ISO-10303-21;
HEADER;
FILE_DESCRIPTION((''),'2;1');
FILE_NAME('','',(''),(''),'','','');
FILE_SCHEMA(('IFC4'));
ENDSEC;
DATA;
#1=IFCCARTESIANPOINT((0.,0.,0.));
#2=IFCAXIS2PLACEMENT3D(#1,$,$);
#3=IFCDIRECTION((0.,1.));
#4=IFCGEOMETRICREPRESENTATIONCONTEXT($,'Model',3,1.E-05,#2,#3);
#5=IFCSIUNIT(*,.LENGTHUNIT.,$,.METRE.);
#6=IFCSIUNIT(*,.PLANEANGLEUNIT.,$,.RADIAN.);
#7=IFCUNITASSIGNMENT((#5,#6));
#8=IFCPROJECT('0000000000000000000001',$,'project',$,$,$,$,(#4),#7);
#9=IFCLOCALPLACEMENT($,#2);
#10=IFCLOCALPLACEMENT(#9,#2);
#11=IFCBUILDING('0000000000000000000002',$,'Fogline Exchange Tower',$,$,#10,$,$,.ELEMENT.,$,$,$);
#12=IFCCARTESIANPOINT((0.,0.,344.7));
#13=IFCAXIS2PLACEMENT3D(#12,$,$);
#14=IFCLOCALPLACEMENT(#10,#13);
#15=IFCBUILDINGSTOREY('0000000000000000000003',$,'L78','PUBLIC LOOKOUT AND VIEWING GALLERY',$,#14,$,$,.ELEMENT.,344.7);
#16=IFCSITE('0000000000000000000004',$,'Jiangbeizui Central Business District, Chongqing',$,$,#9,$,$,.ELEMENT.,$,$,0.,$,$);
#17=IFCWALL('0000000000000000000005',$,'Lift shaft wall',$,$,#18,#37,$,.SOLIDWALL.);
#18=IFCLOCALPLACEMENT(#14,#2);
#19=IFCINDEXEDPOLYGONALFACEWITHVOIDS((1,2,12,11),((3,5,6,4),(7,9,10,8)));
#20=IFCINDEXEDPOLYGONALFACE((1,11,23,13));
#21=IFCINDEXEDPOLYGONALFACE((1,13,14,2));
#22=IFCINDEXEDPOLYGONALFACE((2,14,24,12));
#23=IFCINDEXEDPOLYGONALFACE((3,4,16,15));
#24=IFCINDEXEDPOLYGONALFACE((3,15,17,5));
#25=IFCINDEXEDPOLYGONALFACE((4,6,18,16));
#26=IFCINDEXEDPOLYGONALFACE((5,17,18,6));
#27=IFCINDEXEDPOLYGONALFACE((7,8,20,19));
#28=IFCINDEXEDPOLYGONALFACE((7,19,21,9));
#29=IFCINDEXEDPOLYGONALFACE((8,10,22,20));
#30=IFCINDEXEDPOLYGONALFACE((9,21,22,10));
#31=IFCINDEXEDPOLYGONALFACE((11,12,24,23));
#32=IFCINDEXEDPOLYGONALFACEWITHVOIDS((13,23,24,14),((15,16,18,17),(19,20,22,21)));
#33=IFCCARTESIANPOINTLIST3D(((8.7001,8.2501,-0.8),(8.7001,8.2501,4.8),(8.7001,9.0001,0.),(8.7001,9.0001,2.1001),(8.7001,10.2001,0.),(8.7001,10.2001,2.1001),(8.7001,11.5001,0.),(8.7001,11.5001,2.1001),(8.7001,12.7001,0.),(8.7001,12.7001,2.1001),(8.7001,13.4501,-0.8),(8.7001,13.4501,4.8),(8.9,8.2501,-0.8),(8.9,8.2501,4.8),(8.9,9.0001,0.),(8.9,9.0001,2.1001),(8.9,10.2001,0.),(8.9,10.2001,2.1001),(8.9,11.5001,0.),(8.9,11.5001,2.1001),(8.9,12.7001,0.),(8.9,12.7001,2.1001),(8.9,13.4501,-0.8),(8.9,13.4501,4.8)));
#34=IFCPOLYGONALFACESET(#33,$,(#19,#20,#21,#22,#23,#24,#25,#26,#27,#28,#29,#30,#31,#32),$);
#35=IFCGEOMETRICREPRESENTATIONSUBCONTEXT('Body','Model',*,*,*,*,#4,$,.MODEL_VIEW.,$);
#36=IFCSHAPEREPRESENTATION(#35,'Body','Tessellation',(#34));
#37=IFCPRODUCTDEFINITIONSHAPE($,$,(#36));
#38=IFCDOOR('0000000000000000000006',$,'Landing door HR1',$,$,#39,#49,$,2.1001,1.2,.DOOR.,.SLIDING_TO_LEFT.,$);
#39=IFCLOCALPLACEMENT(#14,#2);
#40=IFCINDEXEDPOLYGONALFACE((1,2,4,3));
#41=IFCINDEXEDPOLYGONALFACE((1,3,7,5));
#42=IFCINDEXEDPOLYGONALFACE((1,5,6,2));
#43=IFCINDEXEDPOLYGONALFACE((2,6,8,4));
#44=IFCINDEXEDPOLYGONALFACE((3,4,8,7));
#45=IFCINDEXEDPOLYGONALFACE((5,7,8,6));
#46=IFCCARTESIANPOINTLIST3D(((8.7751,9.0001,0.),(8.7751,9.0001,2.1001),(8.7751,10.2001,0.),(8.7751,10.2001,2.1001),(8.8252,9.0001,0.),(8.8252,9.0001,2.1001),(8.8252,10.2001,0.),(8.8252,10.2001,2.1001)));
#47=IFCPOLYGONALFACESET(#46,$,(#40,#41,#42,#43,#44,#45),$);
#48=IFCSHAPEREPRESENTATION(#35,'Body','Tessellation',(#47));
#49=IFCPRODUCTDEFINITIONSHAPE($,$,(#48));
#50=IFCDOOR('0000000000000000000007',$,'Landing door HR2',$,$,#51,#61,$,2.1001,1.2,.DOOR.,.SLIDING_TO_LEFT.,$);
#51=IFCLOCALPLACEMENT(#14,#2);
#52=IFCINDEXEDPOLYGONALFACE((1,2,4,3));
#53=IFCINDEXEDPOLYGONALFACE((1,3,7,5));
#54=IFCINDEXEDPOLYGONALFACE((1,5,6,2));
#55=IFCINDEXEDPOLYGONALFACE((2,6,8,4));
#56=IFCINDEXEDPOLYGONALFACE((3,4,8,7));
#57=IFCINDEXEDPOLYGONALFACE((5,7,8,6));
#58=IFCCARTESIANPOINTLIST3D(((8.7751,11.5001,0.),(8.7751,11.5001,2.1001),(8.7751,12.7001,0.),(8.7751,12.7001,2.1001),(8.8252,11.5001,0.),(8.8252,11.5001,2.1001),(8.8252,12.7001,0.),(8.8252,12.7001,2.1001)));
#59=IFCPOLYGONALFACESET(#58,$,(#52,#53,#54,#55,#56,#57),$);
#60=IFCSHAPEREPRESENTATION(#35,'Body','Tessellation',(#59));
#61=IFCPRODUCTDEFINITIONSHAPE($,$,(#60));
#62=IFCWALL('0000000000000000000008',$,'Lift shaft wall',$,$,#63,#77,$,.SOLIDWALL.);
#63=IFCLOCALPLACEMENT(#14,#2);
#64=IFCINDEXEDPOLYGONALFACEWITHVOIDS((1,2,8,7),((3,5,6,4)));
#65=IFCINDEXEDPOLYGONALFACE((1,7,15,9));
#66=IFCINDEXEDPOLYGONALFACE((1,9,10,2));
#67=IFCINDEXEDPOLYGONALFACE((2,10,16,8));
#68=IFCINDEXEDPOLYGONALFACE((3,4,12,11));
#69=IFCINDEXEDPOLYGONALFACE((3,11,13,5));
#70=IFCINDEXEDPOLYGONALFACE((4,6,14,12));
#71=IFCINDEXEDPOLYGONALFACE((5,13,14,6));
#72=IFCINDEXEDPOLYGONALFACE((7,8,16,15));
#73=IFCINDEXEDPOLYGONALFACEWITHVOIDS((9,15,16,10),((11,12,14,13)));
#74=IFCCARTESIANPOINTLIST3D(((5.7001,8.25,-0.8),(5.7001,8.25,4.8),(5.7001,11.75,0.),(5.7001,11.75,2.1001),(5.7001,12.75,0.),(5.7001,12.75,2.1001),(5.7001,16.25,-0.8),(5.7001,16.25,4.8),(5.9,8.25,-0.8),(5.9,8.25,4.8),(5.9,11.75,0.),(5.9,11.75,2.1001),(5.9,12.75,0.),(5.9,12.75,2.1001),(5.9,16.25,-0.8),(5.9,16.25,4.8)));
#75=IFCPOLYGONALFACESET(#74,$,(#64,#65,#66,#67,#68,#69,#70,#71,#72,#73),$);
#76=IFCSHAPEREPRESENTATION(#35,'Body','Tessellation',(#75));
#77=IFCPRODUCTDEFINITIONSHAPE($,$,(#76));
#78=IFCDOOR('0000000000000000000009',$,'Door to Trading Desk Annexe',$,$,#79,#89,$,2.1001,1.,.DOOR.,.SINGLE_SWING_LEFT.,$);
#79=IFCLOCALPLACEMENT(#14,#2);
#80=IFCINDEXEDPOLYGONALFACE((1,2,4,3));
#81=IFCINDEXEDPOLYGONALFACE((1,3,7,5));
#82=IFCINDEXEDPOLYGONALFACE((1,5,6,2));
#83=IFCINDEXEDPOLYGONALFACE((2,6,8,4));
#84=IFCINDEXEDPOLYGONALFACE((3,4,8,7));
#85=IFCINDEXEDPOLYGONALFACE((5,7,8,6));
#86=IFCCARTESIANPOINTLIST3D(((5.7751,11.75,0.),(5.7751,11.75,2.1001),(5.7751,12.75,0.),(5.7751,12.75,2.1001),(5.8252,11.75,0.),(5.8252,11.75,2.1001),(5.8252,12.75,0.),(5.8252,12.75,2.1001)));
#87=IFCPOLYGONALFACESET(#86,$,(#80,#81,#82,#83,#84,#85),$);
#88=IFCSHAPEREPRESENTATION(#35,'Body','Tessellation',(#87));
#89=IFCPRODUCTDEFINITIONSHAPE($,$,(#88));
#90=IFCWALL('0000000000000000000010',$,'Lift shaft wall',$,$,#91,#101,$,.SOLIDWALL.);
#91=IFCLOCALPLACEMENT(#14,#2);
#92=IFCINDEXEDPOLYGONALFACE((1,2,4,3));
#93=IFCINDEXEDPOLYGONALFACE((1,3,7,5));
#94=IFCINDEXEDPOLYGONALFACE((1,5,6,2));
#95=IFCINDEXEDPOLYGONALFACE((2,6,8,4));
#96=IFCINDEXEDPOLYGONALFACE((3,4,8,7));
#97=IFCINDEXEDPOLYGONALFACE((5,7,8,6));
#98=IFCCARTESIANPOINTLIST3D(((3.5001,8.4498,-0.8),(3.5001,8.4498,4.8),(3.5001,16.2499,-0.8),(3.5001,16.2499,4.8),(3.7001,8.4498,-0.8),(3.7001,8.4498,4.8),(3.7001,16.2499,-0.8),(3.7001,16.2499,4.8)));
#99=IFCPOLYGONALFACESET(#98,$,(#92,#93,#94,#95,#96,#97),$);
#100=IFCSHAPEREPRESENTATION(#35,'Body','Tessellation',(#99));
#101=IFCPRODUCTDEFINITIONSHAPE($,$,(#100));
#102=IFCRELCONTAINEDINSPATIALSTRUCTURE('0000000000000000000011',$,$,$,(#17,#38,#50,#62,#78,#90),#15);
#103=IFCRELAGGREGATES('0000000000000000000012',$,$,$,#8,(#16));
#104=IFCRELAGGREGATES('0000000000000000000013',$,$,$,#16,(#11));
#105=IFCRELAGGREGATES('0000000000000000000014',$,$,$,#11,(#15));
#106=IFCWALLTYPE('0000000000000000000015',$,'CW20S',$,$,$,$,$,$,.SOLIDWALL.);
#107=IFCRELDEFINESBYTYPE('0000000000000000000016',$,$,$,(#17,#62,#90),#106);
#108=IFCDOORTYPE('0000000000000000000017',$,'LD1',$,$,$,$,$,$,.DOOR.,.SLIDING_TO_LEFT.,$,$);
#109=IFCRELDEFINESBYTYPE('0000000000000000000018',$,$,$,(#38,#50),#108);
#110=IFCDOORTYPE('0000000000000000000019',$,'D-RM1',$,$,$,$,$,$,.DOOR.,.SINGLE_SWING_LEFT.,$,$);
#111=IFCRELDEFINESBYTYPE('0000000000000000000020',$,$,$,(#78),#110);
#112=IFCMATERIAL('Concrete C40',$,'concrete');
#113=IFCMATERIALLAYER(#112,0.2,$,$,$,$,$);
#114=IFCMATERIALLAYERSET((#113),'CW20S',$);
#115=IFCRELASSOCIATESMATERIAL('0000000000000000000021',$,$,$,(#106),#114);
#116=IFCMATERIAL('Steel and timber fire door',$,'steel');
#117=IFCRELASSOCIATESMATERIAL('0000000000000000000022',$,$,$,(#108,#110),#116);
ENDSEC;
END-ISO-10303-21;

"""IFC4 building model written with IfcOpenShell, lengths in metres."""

from ifc_helpers import new_model, si_unit, direction, frame, frame_2d, origin, place, context, subcontext, project, spatial, rectangle, extrude, material, layer, layer_set, type_object, element, fill, save


model = new_model("IFC4")

# Units and contexts
model_context = context("Model", 3, precision=1e-05, world=origin(), true_north=direction((0.0, 1.0)))
body_context = subcontext(model_context, "Body", "Model", "MODEL_VIEW")
ifc_project = project(units=[si_unit("LENGTHUNIT", "METRE"), si_unit("PLANEANGLEUNIT", "RADIAN")], contexts=[model_context])

# Site, building, storey
site_placement = place(None, origin())
site = spatial("IfcSite", under=ifc_project, at=site_placement, Name="Jiangbeizui Central Business District, Chongqing", CompositionType="ELEMENT", RefElevation=0.0)
building_placement = place(site_placement, origin())
building = spatial("IfcBuilding", under=site, at=building_placement, Name="Fogline Exchange Tower", CompositionType="ELEMENT")
storey_placement = place(building_placement, frame((0.0, 0.0, 344.7)))
storey = spatial("IfcBuildingStorey", under=building, at=storey_placement, Name="L78", Description="PUBLIC LOOKOUT AND VIEWING GALLERY", CompositionType="ELEMENT", Elevation=344.7)

# Shared definitions
ifc_material_1 = material(Name="Concrete C40", Category="concrete")

# Shared definitions
ifc_material_2 = material(Name="Steel and timber fire door", Category="steel")

# Wall, openings, doors
ifc_layer_1 = layer(ifc_material_1, 0.2)
ifc_layer_set_1 = layer_set([ifc_layer_1], Name="CW20S")
wall_type_1 = type_object("IfcWallType", Name="CW20S", PredefinedType="SOLIDWALL", material=ifc_layer_set_1)
wall_1_placement = place(storey_placement, frame((8.8, 8.25, -0.8), z_axis=(0.0, 0.0, 1.0), x_axis=(0.0, 1.0, 0.0)))
wall_1 = element("IfcWall", 1, at=wall_1_placement, inside=storey, type_object=wall_type_1, Name="Lift shaft wall", PredefinedType="SOLIDWALL", context=body_context, shape_type="SweptSolid", body=[
    extrude(rectangle(XDim=5.2, YDim=0.2, at=frame_2d((2.6001, 0.0))), origin(), (0.0, 0.0, 1.0), 5.6001),
])
opening_1_placement = place(wall_1_placement, frame((0.75, 0.0, 0.8)))
opening_1 = element("IfcOpeningElement", 2, at=opening_1_placement, cuts=wall_1, PredefinedType="OPENING", context=body_context, shape_type="SweptSolid", body=[
    extrude(rectangle(XDim=1.2, YDim=2.1001, at=frame_2d((0.6001, 1.05))), frame((0.0, 0.1099, 0.0), z_axis=(0.0, -1.0, 0.0), x_axis=(1.0, 0.0, 0.0)), (0.0, 0.0, 1.0), 0.22),
])
opening_2_placement = place(wall_1_placement, frame((3.25, 0.0, 0.8)))
opening_2 = element("IfcOpeningElement", 3, at=opening_2_placement, cuts=wall_1, PredefinedType="OPENING", context=body_context, shape_type="SweptSolid", body=[
    extrude(rectangle(XDim=1.2, YDim=2.1001, at=frame_2d((0.6001, 1.05))), frame((0.0, 0.1099, 0.0), z_axis=(0.0, -1.0, 0.0), x_axis=(1.0, 0.0, 0.0)), (0.0, 0.0, 1.0), 0.22),
])
door_type_1 = type_object("IfcDoorType", Name="LD1", OperationType="SLIDING_TO_LEFT", PredefinedType="DOOR", material=ifc_material_2)
door_1_placement = place(opening_1_placement, origin())
door_1 = element("IfcDoor", 4, at=door_1_placement, inside=storey, type_object=door_type_1, Name="Landing door HR1", OperationType="SLIDING_TO_LEFT", OverallHeight=2.1001, OverallWidth=1.2, PredefinedType="DOOR", context=body_context, shape_type="SweptSolid", body=[
    extrude(rectangle(XDim=1.2, YDim=2.1001, at=frame_2d((0.6001, 1.05))), frame((0.0, 0.0249, 0.0), z_axis=(0.0, -1.0, 0.0), x_axis=(1.0, 0.0, 0.0)), (0.0, 0.0, 1.0), 0.05),
])
fill(opening_1, door_1)
door_2_placement = place(opening_2_placement, origin())
door_2 = element("IfcDoor", 5, at=door_2_placement, inside=storey, type_object=door_type_1, Name="Landing door HR2", OperationType="SLIDING_TO_LEFT", OverallHeight=2.1001, OverallWidth=1.2, PredefinedType="DOOR", context=body_context, shape_type="SweptSolid", body=[
    extrude(rectangle(XDim=1.2, YDim=2.1001, at=frame_2d((0.6001, 1.05))), frame((0.0, 0.0249, 0.0), z_axis=(0.0, -1.0, 0.0), x_axis=(1.0, 0.0, 0.0)), (0.0, 0.0, 1.0), 0.05),
])
fill(opening_2, door_2)

# Wall, opening, door
wall_2_placement = place(storey_placement, frame((5.8, 8.25, -0.8), z_axis=(0.0, 0.0, 1.0), x_axis=(0.0, 1.0, 0.0)))
wall_2 = element("IfcWall", 6, at=wall_2_placement, inside=storey, type_object=wall_type_1, Name="Lift shaft wall", PredefinedType="SOLIDWALL", context=body_context, shape_type="SweptSolid", body=[
    extrude(rectangle(XDim=8.0, YDim=0.2, at=frame_2d((4.0, 0.0))), origin(), (0.0, 0.0, 1.0), 5.6001),
])
opening_3_placement = place(wall_2_placement, frame((3.5, 0.0, 0.8)))
opening_3 = element("IfcOpeningElement", 7, at=opening_3_placement, cuts=wall_2, PredefinedType="OPENING", context=body_context, shape_type="SweptSolid", body=[
    extrude(rectangle(XDim=1.0, YDim=2.1001, at=frame_2d((0.5, 1.05))), frame((0.0, 0.1099, 0.0), z_axis=(0.0, -1.0, 0.0), x_axis=(1.0, 0.0, 0.0)), (0.0, 0.0, 1.0), 0.22),
])
door_type_2 = type_object("IfcDoorType", Name="D-RM1", OperationType="SINGLE_SWING_LEFT", PredefinedType="DOOR", material=ifc_material_2)
door_3_placement = place(opening_3_placement, origin())
door_3 = element("IfcDoor", 8, at=door_3_placement, inside=storey, type_object=door_type_2, Name="Door to Trading Desk Annexe", OperationType="SINGLE_SWING_LEFT", OverallHeight=2.1001, OverallWidth=1.0, PredefinedType="DOOR", context=body_context, shape_type="SweptSolid", body=[
    extrude(rectangle(XDim=1.0, YDim=2.1001, at=frame_2d((0.5, 1.05))), frame((0.0, 0.0249, 0.0), z_axis=(0.0, -1.0, 0.0), x_axis=(1.0, 0.0, 0.0)), (0.0, 0.0, 1.0), 0.05),
])
fill(opening_3, door_3)

# Wall
wall_3_placement = place(storey_placement, frame((3.6001, 8.45, -0.8), z_axis=(0.0, 0.0, 1.0), x_axis=(0.0, 1.0, 0.0)))
element("IfcWall", 9, at=wall_3_placement, inside=storey, type_object=wall_type_1, Name="Lift shaft wall", PredefinedType="SOLIDWALL", context=body_context, shape_type="SweptSolid", body=[
    extrude(rectangle(XDim=7.8, YDim=0.2, at=frame_2d((3.8999, 0.0))), origin(), (0.0, 0.0, 1.0), 5.6001),
])

save(model, "model.ifc")
